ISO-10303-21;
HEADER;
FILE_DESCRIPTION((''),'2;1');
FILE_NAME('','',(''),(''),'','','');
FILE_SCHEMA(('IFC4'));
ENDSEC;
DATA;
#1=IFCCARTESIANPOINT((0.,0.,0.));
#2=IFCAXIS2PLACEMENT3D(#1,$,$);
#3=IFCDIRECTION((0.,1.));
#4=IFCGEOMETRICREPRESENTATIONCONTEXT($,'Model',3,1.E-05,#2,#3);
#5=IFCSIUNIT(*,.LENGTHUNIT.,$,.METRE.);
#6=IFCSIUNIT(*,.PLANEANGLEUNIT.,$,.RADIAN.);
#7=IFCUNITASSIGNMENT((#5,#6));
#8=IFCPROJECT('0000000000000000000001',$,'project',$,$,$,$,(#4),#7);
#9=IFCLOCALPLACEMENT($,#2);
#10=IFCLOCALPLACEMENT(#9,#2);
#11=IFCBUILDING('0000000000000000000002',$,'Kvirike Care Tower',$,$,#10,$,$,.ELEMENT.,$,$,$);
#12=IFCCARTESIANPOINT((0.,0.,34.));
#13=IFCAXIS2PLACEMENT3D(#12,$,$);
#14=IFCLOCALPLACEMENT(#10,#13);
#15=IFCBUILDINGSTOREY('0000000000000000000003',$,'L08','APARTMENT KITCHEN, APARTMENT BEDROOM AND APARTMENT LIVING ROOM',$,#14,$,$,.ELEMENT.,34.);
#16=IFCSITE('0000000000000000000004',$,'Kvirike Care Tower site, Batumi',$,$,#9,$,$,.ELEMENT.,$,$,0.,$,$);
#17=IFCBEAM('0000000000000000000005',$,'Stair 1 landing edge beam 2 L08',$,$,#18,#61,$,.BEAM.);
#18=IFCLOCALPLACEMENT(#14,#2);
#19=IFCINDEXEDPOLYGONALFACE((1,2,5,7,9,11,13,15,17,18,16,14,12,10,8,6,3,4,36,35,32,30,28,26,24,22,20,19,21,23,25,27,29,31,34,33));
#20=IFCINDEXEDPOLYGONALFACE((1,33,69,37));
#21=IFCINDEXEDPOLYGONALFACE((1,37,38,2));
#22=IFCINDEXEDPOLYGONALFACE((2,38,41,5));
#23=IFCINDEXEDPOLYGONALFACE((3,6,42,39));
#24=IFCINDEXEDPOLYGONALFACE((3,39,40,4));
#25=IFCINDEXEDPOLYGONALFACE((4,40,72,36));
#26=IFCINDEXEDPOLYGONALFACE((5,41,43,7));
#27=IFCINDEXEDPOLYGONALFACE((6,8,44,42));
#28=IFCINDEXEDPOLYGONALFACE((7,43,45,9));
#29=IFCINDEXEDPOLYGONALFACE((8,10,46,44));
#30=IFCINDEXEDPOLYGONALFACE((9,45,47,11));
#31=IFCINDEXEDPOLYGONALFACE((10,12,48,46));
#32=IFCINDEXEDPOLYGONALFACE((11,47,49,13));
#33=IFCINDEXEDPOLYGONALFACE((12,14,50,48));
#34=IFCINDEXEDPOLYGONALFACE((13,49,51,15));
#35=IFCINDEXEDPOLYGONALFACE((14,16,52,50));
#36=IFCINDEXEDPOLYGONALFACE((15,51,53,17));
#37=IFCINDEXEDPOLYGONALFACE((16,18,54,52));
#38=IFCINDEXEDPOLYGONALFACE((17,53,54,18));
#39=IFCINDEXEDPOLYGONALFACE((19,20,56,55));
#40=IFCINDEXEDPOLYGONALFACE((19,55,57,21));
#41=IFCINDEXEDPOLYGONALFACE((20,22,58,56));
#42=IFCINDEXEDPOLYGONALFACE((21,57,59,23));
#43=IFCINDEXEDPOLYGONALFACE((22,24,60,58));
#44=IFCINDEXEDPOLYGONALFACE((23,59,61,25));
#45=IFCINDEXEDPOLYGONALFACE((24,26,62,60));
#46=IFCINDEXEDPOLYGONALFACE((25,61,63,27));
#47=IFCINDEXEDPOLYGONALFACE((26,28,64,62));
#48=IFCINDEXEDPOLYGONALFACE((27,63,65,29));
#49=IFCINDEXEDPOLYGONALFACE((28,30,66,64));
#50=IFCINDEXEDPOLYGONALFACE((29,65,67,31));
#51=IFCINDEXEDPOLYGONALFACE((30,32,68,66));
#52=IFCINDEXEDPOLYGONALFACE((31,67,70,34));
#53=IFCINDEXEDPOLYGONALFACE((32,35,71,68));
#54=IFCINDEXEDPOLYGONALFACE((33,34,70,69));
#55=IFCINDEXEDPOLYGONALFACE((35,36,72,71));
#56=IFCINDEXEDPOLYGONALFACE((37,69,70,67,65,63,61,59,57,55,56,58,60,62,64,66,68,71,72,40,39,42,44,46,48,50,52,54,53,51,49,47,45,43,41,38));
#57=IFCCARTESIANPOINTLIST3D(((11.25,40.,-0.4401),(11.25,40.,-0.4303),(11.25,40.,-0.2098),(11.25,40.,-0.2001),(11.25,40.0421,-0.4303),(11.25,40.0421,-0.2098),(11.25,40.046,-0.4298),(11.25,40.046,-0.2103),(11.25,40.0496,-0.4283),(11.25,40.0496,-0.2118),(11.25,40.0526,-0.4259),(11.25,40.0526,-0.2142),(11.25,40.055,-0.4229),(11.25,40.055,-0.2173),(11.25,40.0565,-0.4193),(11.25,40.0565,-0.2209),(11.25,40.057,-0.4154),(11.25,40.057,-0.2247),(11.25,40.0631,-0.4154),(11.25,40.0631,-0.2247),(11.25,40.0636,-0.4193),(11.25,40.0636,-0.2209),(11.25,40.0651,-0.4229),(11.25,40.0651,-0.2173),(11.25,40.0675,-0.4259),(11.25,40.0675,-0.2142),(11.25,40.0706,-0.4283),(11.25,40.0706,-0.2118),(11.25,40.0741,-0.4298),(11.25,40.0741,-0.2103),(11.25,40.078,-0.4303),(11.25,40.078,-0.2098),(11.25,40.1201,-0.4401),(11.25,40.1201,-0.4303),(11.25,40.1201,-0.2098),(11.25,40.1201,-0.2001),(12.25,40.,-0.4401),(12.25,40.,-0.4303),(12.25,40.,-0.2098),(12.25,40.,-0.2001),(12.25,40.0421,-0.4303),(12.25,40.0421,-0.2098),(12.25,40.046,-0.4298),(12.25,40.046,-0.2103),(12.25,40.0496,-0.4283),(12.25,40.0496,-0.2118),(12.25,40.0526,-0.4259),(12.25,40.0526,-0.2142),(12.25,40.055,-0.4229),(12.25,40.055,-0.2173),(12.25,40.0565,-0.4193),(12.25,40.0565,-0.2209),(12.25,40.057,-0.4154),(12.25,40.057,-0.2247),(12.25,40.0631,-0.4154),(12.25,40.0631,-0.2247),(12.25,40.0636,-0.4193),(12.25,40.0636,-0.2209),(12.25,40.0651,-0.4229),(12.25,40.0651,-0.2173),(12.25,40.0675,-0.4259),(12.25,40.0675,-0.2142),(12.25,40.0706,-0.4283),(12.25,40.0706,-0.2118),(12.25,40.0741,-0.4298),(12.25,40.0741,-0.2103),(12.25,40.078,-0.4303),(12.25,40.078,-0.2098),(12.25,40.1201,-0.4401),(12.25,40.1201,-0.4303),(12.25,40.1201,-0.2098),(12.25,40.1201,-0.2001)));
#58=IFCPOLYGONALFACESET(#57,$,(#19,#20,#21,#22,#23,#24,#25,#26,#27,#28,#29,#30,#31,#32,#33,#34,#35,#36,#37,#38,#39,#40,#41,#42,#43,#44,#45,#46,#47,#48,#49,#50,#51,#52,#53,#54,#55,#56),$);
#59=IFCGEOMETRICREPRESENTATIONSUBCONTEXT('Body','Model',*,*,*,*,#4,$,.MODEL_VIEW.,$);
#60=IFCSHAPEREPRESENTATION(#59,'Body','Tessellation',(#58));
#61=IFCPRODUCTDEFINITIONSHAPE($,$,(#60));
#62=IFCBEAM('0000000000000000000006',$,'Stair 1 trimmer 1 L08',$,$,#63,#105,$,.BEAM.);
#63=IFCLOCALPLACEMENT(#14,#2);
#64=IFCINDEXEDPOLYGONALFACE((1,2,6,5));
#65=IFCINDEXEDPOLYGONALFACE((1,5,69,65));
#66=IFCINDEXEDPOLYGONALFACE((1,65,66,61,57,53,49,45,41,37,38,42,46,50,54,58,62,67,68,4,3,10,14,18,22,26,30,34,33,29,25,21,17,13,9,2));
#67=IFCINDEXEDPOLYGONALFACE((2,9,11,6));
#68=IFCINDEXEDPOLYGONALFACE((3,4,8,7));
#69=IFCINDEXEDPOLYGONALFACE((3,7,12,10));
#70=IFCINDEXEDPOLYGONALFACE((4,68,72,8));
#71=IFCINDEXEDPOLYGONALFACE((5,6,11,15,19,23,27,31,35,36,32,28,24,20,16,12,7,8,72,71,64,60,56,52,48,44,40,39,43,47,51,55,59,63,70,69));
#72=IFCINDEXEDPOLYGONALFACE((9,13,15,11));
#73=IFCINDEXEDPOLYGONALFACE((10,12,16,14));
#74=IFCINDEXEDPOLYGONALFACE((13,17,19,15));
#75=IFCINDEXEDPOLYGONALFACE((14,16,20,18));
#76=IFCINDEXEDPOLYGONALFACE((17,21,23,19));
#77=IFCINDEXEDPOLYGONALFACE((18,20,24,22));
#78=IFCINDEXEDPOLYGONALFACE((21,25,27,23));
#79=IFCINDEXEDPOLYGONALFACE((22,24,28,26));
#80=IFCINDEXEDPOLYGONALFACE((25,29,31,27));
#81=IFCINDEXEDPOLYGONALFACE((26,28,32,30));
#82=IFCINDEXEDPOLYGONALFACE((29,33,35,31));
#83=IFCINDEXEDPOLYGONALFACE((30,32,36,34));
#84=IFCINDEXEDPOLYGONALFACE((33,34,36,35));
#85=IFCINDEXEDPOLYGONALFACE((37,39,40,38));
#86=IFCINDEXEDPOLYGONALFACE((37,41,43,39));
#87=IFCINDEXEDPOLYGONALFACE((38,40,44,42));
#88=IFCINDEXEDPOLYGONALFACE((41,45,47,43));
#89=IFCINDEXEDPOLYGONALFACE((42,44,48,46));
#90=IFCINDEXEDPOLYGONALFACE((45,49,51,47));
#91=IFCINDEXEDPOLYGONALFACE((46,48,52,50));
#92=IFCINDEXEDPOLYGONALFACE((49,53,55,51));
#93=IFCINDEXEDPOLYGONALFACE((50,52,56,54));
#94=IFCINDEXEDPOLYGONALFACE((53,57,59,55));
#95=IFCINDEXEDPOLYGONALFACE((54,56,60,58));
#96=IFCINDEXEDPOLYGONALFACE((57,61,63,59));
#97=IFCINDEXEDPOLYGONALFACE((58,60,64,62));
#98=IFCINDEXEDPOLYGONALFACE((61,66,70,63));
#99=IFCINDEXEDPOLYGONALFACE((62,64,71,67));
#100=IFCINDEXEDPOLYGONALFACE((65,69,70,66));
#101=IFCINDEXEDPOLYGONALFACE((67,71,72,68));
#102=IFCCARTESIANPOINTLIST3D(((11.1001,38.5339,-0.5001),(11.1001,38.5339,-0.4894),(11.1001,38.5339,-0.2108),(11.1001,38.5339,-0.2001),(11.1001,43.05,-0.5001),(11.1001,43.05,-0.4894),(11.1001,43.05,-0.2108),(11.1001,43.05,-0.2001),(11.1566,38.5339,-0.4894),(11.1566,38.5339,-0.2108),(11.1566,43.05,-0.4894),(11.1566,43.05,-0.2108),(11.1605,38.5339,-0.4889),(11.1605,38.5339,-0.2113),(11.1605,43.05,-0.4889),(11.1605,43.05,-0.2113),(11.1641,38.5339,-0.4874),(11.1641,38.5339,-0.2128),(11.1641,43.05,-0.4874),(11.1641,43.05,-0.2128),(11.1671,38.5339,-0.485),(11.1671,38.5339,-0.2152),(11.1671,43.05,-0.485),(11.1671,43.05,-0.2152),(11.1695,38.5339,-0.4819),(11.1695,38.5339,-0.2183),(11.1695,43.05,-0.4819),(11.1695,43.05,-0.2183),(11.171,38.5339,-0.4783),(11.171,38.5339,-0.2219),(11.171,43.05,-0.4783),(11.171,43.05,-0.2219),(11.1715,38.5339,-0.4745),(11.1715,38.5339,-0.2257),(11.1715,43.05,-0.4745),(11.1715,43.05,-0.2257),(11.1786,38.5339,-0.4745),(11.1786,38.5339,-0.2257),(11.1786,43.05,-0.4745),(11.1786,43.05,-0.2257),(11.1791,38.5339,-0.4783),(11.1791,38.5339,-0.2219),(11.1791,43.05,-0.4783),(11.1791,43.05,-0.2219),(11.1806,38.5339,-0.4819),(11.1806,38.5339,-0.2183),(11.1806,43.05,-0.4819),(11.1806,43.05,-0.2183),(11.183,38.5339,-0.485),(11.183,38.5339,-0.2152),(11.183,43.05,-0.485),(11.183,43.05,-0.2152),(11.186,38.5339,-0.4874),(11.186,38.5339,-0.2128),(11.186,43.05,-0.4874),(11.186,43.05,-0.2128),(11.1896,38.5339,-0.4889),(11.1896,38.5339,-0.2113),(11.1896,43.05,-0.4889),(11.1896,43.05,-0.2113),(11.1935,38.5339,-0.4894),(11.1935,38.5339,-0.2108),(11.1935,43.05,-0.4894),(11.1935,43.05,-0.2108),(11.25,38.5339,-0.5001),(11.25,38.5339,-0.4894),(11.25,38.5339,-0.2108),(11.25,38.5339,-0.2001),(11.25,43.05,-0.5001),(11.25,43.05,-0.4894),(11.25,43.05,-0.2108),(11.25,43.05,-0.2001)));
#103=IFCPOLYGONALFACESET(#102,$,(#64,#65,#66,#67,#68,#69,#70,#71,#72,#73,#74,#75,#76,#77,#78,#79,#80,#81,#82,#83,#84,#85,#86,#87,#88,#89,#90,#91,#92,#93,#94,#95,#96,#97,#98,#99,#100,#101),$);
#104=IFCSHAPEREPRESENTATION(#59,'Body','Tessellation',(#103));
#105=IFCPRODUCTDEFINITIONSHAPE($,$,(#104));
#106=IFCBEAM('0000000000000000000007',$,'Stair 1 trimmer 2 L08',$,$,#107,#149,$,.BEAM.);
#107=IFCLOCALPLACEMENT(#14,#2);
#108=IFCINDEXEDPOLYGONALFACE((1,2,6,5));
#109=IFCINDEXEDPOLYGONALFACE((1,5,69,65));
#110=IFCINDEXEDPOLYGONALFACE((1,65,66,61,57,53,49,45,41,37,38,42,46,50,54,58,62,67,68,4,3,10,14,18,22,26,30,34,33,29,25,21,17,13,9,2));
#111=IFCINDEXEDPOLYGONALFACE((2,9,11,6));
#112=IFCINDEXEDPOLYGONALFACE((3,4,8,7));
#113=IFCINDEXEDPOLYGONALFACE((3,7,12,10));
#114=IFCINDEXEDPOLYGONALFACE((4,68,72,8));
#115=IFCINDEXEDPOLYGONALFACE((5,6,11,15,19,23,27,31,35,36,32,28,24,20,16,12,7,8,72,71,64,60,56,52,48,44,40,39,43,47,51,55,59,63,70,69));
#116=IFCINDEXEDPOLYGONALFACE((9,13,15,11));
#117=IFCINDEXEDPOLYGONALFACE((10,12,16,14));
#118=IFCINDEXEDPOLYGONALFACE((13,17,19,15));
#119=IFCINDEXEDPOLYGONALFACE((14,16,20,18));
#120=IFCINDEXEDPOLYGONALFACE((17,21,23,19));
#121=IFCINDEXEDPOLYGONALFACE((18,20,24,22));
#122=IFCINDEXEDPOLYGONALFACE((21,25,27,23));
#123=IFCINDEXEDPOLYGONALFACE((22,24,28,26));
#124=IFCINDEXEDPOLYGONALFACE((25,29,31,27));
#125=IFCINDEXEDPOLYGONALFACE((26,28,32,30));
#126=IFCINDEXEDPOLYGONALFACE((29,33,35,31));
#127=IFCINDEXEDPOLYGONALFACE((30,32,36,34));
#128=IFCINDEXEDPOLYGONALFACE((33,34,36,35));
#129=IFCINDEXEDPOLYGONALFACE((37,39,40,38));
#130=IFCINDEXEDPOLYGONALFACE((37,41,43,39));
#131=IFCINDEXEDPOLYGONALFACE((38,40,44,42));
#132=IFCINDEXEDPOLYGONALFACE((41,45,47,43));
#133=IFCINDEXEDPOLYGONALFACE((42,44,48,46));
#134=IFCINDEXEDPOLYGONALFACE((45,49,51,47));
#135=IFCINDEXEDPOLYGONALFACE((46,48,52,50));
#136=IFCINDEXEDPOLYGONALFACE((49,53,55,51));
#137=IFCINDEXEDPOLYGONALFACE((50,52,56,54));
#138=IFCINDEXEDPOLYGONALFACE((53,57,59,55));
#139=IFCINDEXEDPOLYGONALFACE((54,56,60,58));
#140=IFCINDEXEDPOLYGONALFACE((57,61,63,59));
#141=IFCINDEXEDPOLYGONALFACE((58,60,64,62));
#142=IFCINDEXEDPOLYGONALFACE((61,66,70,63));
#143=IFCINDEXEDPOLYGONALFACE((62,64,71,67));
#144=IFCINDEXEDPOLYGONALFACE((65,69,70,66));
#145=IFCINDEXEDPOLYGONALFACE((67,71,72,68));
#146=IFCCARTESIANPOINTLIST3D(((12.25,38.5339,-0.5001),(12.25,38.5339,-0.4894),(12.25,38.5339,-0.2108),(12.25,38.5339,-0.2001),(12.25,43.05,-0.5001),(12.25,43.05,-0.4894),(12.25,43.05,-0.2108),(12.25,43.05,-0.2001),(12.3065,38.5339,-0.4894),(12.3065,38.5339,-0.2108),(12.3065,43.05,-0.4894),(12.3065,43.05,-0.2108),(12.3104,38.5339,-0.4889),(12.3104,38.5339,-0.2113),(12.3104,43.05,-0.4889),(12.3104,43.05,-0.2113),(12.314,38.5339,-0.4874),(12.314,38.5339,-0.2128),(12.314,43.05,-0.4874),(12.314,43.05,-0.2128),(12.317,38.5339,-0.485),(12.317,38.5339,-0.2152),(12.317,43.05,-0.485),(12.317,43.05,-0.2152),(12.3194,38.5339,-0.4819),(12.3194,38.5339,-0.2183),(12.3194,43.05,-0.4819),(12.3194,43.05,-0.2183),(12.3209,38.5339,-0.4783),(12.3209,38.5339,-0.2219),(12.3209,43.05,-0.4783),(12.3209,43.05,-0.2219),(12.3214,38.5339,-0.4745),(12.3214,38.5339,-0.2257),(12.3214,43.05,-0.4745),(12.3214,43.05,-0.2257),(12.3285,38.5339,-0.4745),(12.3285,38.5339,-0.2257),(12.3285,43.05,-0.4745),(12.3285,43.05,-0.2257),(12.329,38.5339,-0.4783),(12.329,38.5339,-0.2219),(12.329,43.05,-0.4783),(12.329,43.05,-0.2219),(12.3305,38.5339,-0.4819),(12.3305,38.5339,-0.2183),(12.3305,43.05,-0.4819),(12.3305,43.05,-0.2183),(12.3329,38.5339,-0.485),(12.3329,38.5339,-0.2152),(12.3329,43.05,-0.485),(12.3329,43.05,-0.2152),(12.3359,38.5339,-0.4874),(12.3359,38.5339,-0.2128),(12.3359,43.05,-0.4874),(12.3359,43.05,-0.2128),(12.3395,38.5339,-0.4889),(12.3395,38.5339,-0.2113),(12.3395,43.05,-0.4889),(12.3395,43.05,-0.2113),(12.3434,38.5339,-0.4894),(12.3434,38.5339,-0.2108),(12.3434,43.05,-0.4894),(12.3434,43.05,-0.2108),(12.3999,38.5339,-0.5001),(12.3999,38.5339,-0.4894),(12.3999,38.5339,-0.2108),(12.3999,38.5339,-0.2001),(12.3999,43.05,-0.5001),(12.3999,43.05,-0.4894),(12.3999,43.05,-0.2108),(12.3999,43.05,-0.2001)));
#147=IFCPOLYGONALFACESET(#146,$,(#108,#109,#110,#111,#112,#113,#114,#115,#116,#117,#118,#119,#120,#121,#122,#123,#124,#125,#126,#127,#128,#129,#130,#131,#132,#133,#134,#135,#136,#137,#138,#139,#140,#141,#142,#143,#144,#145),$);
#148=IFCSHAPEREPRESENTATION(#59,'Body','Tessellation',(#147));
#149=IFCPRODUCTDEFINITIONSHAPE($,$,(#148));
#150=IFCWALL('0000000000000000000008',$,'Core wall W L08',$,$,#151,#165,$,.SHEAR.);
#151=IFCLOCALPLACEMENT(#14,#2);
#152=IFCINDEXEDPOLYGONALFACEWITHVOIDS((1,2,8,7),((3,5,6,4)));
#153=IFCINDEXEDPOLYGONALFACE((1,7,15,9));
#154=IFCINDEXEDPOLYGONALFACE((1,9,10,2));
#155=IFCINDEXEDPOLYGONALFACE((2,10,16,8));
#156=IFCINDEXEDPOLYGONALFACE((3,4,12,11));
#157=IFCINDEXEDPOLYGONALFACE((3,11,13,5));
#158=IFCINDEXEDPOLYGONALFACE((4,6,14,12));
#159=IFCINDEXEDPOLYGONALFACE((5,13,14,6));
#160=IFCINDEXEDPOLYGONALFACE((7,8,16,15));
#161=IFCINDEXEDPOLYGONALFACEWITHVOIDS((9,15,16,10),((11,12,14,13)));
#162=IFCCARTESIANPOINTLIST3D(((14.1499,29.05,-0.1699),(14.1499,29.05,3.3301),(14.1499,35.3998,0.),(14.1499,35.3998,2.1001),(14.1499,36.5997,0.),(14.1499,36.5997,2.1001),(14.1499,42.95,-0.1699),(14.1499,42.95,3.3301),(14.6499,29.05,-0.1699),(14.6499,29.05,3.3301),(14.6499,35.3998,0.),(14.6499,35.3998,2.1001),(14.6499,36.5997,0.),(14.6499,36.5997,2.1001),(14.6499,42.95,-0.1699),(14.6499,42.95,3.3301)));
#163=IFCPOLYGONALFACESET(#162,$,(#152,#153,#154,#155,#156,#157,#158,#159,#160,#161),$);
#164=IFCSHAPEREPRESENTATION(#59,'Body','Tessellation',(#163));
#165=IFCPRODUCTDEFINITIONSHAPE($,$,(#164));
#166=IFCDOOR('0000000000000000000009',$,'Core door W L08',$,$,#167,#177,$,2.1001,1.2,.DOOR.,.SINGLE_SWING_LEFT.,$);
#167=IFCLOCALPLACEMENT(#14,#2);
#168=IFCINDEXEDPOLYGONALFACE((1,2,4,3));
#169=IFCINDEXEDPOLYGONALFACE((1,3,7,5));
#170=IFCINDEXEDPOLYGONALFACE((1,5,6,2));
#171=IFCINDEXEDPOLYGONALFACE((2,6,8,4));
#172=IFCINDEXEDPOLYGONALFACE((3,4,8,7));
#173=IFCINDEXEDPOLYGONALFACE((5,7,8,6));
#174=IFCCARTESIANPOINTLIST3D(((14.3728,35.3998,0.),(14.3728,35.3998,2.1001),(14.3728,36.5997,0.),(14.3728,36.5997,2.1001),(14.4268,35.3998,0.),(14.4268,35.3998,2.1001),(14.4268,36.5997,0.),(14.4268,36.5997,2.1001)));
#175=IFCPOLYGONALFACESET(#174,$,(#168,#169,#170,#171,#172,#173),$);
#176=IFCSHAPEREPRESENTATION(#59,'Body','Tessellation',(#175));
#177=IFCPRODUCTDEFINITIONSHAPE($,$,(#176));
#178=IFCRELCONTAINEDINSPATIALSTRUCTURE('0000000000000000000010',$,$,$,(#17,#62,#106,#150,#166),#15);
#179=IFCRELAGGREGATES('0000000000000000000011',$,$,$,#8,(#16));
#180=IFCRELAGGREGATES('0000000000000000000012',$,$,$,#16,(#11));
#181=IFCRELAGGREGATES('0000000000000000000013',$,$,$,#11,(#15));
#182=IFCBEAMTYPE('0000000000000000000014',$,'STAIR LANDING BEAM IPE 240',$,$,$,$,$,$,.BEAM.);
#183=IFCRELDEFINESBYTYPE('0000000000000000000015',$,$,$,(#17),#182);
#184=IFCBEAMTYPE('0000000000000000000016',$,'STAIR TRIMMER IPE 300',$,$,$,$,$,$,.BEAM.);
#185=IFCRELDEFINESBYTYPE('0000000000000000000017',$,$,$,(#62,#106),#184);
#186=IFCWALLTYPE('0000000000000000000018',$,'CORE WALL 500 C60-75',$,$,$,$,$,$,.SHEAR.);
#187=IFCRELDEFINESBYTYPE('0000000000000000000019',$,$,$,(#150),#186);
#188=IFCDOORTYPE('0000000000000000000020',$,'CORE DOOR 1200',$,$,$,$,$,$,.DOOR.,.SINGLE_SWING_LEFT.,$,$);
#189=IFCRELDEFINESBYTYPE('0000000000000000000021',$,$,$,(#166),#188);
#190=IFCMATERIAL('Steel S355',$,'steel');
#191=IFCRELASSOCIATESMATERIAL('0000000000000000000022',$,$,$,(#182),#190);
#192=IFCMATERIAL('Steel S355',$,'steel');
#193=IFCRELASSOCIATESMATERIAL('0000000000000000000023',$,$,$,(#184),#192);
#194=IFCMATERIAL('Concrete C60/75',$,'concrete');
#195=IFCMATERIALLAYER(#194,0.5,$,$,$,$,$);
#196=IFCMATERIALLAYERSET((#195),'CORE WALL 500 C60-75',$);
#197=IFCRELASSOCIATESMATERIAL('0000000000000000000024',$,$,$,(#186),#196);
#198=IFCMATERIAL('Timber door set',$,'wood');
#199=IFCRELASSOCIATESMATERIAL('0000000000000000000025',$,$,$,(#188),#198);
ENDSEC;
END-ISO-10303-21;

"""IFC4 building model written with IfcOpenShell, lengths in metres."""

from ifc_helpers import new_model, si_unit, direction, frame, frame_2d, origin, origin_2d, place, context, subcontext, project, spatial, rectangle, i_section, extrude, material, layer, layer_set, material_profile, profile_set, type_object, element, fill, save


model = new_model("IFC4")

# Units and contexts
model_context = context("Model", 3, precision=1e-05, world=origin(), true_north=direction((0.0, 1.0)))
body_context = subcontext(model_context, "Body", "Model", "MODEL_VIEW")
ifc_project = project(units=[si_unit("LENGTHUNIT", "METRE"), si_unit("PLANEANGLEUNIT", "RADIAN")], contexts=[model_context])

# Site, building, storey
site_placement = place(None, origin())
site = spatial("IfcSite", under=ifc_project, at=site_placement, Name="Kvirike Care Tower site, Batumi", CompositionType="ELEMENT", RefElevation=0.0)
building_placement = place(site_placement, origin())
building = spatial("IfcBuilding", under=site, at=building_placement, Name="Kvirike Care Tower", CompositionType="ELEMENT")
storey_placement = place(building_placement, frame((0.0, 0.0, 34.0)))
storey = spatial("IfcBuildingStorey", under=building, at=storey_placement, Name="L08", Description="APARTMENT KITCHEN, APARTMENT BEDROOM AND APARTMENT LIVING ROOM", CompositionType="ELEMENT", Elevation=34.0)

# Beams
ifc_material_1 = material(Name="Steel S355", Category="steel")
ifc_material_profile_1 = material_profile(ifc_material_1, i_section(OverallWidth=0.1201, OverallDepth=0.24, WebThickness=0.0061, FlangeThickness=0.0098, FilletRadius=0.0149, at=origin_2d()), Name="IPE 240")
ifc_profile_set_1 = profile_set([ifc_material_profile_1], Name="Steel S355")
beam_type_1 = type_object("IfcBeamType", Name="STAIR LANDING BEAM IPE 240", PredefinedType="BEAM", material=ifc_profile_set_1)
for number, where, z_axis, x_axis, name in (
    (1, (11.25, 40.0601, -0.3201), (1.0, 0.0, 0.0), (0.0, 1.0, 0.0), "Stair 1 landing edge beam 2 L08"),
):
    element("IfcBeam", number, at=place(storey_placement, frame(where, z_axis=z_axis, x_axis=x_axis)), inside=storey, type_object=beam_type_1, Name=name, PredefinedType="BEAM", context=body_context, shape_type="SweptSolid", body=[
        extrude(i_section(OverallWidth=0.1201, OverallDepth=0.24, WebThickness=0.0061, FlangeThickness=0.0098, FilletRadius=0.0149, at=origin_2d()), origin(), (0.0, 0.0, 1.0), 1.0),
    ])
ifc_material_2 = material(Name="Steel S355", Category="steel")
ifc_material_profile_2 = material_profile(ifc_material_2, i_section(OverallWidth=0.1499, OverallDepth=0.3, WebThickness=0.0071, FlangeThickness=0.0107, FilletRadius=0.0149, at=origin_2d()), Name="IPE 300")
ifc_profile_set_2 = profile_set([ifc_material_profile_2], Name="Steel S355")
beam_type_2 = type_object("IfcBeamType", Name="STAIR TRIMMER IPE 300", PredefinedType="BEAM", material=ifc_profile_set_2)
for number, where, z_axis, x_axis, name in (
    (2, (11.175, 43.05, -0.3501), (0.0, -1.0, 0.0), (1.0, 0.0, 0.0), "Stair 1 trimmer 1 L08"),
    (3, (12.325, 43.05, -0.3501), (0.0, -1.0, 0.0), (1.0, 0.0, 0.0), "Stair 1 trimmer 2 L08"),
):
    element("IfcBeam", number, at=place(storey_placement, frame(where, z_axis=z_axis, x_axis=x_axis)), inside=storey, type_object=beam_type_2, Name=name, PredefinedType="BEAM", context=body_context, shape_type="SweptSolid", body=[
        extrude(i_section(OverallWidth=0.1499, OverallDepth=0.3, WebThickness=0.0071, FlangeThickness=0.0107, FilletRadius=0.0149, at=origin_2d()), origin(), (0.0, 0.0, 1.0), 4.5161),
    ])

# Wall, opening, door
ifc_material_3 = material(Name="Concrete C60/75", Category="concrete")
ifc_layer_1 = layer(ifc_material_3, 0.5)
ifc_layer_set_1 = layer_set([ifc_layer_1], Name="CORE WALL 500 C60-75")
wall_type_1 = type_object("IfcWallType", Name="CORE WALL 500 C60-75", PredefinedType="SHEAR", material=ifc_layer_set_1)
wall_1_placement = place(storey_placement, frame((14.3999, 42.95, -0.1699), z_axis=(0.0, 0.0, 1.0), x_axis=(0.0, -1.0, 0.0)))
wall_1 = element("IfcWall", 4, at=wall_1_placement, inside=storey, type_object=wall_type_1, Name="Core wall W L08", PredefinedType="SHEAR", context=body_context, shape_type="SweptSolid", body=[
    extrude(rectangle(XDim=13.8999, YDim=0.5, at=frame_2d((6.95, 0.0))), origin(), (0.0, 0.0, 1.0), 3.5),
])
opening_1_placement = place(wall_1_placement, frame((6.3501, 0.0, 0.1699)))
opening_1 = element("IfcOpeningElement", 5, at=opening_1_placement, cuts=wall_1, PredefinedType="OPENING", context=body_context, shape_type="SweptSolid", body=[
    extrude(rectangle(XDim=1.2, YDim=2.1001, at=frame_2d((0.6001, 1.05))), frame((0.0, 0.2605, 0.0), z_axis=(0.0, -1.0, 0.0), x_axis=(1.0, 0.0, 0.0)), (0.0, 0.0, 1.0), 0.521),
])
ifc_material_4 = material(Name="Timber door set", Category="wood")
door_type_1 = type_object("IfcDoorType", Name="CORE DOOR 1200", OperationType="SINGLE_SWING_LEFT", PredefinedType="DOOR", material=ifc_material_4)
door_1_placement = place(opening_1_placement, origin())
door_1 = element("IfcDoor", 6, at=door_1_placement, inside=storey, type_object=door_type_1, Name="Core door W L08", OperationType="SINGLE_SWING_LEFT", OverallHeight=2.1001, OverallWidth=1.2, PredefinedType="DOOR", context=body_context, shape_type="SweptSolid", body=[
    extrude(rectangle(XDim=1.2, YDim=2.1001, at=frame_2d((0.6001, 1.05))), frame((0.0, 0.0269, 0.0), z_axis=(0.0, -1.0, 0.0), x_axis=(1.0, 0.0, 0.0)), (0.0, 0.0, 1.0), 0.054),
])
fill(opening_1, door_1)

save(model, "model.ifc")
